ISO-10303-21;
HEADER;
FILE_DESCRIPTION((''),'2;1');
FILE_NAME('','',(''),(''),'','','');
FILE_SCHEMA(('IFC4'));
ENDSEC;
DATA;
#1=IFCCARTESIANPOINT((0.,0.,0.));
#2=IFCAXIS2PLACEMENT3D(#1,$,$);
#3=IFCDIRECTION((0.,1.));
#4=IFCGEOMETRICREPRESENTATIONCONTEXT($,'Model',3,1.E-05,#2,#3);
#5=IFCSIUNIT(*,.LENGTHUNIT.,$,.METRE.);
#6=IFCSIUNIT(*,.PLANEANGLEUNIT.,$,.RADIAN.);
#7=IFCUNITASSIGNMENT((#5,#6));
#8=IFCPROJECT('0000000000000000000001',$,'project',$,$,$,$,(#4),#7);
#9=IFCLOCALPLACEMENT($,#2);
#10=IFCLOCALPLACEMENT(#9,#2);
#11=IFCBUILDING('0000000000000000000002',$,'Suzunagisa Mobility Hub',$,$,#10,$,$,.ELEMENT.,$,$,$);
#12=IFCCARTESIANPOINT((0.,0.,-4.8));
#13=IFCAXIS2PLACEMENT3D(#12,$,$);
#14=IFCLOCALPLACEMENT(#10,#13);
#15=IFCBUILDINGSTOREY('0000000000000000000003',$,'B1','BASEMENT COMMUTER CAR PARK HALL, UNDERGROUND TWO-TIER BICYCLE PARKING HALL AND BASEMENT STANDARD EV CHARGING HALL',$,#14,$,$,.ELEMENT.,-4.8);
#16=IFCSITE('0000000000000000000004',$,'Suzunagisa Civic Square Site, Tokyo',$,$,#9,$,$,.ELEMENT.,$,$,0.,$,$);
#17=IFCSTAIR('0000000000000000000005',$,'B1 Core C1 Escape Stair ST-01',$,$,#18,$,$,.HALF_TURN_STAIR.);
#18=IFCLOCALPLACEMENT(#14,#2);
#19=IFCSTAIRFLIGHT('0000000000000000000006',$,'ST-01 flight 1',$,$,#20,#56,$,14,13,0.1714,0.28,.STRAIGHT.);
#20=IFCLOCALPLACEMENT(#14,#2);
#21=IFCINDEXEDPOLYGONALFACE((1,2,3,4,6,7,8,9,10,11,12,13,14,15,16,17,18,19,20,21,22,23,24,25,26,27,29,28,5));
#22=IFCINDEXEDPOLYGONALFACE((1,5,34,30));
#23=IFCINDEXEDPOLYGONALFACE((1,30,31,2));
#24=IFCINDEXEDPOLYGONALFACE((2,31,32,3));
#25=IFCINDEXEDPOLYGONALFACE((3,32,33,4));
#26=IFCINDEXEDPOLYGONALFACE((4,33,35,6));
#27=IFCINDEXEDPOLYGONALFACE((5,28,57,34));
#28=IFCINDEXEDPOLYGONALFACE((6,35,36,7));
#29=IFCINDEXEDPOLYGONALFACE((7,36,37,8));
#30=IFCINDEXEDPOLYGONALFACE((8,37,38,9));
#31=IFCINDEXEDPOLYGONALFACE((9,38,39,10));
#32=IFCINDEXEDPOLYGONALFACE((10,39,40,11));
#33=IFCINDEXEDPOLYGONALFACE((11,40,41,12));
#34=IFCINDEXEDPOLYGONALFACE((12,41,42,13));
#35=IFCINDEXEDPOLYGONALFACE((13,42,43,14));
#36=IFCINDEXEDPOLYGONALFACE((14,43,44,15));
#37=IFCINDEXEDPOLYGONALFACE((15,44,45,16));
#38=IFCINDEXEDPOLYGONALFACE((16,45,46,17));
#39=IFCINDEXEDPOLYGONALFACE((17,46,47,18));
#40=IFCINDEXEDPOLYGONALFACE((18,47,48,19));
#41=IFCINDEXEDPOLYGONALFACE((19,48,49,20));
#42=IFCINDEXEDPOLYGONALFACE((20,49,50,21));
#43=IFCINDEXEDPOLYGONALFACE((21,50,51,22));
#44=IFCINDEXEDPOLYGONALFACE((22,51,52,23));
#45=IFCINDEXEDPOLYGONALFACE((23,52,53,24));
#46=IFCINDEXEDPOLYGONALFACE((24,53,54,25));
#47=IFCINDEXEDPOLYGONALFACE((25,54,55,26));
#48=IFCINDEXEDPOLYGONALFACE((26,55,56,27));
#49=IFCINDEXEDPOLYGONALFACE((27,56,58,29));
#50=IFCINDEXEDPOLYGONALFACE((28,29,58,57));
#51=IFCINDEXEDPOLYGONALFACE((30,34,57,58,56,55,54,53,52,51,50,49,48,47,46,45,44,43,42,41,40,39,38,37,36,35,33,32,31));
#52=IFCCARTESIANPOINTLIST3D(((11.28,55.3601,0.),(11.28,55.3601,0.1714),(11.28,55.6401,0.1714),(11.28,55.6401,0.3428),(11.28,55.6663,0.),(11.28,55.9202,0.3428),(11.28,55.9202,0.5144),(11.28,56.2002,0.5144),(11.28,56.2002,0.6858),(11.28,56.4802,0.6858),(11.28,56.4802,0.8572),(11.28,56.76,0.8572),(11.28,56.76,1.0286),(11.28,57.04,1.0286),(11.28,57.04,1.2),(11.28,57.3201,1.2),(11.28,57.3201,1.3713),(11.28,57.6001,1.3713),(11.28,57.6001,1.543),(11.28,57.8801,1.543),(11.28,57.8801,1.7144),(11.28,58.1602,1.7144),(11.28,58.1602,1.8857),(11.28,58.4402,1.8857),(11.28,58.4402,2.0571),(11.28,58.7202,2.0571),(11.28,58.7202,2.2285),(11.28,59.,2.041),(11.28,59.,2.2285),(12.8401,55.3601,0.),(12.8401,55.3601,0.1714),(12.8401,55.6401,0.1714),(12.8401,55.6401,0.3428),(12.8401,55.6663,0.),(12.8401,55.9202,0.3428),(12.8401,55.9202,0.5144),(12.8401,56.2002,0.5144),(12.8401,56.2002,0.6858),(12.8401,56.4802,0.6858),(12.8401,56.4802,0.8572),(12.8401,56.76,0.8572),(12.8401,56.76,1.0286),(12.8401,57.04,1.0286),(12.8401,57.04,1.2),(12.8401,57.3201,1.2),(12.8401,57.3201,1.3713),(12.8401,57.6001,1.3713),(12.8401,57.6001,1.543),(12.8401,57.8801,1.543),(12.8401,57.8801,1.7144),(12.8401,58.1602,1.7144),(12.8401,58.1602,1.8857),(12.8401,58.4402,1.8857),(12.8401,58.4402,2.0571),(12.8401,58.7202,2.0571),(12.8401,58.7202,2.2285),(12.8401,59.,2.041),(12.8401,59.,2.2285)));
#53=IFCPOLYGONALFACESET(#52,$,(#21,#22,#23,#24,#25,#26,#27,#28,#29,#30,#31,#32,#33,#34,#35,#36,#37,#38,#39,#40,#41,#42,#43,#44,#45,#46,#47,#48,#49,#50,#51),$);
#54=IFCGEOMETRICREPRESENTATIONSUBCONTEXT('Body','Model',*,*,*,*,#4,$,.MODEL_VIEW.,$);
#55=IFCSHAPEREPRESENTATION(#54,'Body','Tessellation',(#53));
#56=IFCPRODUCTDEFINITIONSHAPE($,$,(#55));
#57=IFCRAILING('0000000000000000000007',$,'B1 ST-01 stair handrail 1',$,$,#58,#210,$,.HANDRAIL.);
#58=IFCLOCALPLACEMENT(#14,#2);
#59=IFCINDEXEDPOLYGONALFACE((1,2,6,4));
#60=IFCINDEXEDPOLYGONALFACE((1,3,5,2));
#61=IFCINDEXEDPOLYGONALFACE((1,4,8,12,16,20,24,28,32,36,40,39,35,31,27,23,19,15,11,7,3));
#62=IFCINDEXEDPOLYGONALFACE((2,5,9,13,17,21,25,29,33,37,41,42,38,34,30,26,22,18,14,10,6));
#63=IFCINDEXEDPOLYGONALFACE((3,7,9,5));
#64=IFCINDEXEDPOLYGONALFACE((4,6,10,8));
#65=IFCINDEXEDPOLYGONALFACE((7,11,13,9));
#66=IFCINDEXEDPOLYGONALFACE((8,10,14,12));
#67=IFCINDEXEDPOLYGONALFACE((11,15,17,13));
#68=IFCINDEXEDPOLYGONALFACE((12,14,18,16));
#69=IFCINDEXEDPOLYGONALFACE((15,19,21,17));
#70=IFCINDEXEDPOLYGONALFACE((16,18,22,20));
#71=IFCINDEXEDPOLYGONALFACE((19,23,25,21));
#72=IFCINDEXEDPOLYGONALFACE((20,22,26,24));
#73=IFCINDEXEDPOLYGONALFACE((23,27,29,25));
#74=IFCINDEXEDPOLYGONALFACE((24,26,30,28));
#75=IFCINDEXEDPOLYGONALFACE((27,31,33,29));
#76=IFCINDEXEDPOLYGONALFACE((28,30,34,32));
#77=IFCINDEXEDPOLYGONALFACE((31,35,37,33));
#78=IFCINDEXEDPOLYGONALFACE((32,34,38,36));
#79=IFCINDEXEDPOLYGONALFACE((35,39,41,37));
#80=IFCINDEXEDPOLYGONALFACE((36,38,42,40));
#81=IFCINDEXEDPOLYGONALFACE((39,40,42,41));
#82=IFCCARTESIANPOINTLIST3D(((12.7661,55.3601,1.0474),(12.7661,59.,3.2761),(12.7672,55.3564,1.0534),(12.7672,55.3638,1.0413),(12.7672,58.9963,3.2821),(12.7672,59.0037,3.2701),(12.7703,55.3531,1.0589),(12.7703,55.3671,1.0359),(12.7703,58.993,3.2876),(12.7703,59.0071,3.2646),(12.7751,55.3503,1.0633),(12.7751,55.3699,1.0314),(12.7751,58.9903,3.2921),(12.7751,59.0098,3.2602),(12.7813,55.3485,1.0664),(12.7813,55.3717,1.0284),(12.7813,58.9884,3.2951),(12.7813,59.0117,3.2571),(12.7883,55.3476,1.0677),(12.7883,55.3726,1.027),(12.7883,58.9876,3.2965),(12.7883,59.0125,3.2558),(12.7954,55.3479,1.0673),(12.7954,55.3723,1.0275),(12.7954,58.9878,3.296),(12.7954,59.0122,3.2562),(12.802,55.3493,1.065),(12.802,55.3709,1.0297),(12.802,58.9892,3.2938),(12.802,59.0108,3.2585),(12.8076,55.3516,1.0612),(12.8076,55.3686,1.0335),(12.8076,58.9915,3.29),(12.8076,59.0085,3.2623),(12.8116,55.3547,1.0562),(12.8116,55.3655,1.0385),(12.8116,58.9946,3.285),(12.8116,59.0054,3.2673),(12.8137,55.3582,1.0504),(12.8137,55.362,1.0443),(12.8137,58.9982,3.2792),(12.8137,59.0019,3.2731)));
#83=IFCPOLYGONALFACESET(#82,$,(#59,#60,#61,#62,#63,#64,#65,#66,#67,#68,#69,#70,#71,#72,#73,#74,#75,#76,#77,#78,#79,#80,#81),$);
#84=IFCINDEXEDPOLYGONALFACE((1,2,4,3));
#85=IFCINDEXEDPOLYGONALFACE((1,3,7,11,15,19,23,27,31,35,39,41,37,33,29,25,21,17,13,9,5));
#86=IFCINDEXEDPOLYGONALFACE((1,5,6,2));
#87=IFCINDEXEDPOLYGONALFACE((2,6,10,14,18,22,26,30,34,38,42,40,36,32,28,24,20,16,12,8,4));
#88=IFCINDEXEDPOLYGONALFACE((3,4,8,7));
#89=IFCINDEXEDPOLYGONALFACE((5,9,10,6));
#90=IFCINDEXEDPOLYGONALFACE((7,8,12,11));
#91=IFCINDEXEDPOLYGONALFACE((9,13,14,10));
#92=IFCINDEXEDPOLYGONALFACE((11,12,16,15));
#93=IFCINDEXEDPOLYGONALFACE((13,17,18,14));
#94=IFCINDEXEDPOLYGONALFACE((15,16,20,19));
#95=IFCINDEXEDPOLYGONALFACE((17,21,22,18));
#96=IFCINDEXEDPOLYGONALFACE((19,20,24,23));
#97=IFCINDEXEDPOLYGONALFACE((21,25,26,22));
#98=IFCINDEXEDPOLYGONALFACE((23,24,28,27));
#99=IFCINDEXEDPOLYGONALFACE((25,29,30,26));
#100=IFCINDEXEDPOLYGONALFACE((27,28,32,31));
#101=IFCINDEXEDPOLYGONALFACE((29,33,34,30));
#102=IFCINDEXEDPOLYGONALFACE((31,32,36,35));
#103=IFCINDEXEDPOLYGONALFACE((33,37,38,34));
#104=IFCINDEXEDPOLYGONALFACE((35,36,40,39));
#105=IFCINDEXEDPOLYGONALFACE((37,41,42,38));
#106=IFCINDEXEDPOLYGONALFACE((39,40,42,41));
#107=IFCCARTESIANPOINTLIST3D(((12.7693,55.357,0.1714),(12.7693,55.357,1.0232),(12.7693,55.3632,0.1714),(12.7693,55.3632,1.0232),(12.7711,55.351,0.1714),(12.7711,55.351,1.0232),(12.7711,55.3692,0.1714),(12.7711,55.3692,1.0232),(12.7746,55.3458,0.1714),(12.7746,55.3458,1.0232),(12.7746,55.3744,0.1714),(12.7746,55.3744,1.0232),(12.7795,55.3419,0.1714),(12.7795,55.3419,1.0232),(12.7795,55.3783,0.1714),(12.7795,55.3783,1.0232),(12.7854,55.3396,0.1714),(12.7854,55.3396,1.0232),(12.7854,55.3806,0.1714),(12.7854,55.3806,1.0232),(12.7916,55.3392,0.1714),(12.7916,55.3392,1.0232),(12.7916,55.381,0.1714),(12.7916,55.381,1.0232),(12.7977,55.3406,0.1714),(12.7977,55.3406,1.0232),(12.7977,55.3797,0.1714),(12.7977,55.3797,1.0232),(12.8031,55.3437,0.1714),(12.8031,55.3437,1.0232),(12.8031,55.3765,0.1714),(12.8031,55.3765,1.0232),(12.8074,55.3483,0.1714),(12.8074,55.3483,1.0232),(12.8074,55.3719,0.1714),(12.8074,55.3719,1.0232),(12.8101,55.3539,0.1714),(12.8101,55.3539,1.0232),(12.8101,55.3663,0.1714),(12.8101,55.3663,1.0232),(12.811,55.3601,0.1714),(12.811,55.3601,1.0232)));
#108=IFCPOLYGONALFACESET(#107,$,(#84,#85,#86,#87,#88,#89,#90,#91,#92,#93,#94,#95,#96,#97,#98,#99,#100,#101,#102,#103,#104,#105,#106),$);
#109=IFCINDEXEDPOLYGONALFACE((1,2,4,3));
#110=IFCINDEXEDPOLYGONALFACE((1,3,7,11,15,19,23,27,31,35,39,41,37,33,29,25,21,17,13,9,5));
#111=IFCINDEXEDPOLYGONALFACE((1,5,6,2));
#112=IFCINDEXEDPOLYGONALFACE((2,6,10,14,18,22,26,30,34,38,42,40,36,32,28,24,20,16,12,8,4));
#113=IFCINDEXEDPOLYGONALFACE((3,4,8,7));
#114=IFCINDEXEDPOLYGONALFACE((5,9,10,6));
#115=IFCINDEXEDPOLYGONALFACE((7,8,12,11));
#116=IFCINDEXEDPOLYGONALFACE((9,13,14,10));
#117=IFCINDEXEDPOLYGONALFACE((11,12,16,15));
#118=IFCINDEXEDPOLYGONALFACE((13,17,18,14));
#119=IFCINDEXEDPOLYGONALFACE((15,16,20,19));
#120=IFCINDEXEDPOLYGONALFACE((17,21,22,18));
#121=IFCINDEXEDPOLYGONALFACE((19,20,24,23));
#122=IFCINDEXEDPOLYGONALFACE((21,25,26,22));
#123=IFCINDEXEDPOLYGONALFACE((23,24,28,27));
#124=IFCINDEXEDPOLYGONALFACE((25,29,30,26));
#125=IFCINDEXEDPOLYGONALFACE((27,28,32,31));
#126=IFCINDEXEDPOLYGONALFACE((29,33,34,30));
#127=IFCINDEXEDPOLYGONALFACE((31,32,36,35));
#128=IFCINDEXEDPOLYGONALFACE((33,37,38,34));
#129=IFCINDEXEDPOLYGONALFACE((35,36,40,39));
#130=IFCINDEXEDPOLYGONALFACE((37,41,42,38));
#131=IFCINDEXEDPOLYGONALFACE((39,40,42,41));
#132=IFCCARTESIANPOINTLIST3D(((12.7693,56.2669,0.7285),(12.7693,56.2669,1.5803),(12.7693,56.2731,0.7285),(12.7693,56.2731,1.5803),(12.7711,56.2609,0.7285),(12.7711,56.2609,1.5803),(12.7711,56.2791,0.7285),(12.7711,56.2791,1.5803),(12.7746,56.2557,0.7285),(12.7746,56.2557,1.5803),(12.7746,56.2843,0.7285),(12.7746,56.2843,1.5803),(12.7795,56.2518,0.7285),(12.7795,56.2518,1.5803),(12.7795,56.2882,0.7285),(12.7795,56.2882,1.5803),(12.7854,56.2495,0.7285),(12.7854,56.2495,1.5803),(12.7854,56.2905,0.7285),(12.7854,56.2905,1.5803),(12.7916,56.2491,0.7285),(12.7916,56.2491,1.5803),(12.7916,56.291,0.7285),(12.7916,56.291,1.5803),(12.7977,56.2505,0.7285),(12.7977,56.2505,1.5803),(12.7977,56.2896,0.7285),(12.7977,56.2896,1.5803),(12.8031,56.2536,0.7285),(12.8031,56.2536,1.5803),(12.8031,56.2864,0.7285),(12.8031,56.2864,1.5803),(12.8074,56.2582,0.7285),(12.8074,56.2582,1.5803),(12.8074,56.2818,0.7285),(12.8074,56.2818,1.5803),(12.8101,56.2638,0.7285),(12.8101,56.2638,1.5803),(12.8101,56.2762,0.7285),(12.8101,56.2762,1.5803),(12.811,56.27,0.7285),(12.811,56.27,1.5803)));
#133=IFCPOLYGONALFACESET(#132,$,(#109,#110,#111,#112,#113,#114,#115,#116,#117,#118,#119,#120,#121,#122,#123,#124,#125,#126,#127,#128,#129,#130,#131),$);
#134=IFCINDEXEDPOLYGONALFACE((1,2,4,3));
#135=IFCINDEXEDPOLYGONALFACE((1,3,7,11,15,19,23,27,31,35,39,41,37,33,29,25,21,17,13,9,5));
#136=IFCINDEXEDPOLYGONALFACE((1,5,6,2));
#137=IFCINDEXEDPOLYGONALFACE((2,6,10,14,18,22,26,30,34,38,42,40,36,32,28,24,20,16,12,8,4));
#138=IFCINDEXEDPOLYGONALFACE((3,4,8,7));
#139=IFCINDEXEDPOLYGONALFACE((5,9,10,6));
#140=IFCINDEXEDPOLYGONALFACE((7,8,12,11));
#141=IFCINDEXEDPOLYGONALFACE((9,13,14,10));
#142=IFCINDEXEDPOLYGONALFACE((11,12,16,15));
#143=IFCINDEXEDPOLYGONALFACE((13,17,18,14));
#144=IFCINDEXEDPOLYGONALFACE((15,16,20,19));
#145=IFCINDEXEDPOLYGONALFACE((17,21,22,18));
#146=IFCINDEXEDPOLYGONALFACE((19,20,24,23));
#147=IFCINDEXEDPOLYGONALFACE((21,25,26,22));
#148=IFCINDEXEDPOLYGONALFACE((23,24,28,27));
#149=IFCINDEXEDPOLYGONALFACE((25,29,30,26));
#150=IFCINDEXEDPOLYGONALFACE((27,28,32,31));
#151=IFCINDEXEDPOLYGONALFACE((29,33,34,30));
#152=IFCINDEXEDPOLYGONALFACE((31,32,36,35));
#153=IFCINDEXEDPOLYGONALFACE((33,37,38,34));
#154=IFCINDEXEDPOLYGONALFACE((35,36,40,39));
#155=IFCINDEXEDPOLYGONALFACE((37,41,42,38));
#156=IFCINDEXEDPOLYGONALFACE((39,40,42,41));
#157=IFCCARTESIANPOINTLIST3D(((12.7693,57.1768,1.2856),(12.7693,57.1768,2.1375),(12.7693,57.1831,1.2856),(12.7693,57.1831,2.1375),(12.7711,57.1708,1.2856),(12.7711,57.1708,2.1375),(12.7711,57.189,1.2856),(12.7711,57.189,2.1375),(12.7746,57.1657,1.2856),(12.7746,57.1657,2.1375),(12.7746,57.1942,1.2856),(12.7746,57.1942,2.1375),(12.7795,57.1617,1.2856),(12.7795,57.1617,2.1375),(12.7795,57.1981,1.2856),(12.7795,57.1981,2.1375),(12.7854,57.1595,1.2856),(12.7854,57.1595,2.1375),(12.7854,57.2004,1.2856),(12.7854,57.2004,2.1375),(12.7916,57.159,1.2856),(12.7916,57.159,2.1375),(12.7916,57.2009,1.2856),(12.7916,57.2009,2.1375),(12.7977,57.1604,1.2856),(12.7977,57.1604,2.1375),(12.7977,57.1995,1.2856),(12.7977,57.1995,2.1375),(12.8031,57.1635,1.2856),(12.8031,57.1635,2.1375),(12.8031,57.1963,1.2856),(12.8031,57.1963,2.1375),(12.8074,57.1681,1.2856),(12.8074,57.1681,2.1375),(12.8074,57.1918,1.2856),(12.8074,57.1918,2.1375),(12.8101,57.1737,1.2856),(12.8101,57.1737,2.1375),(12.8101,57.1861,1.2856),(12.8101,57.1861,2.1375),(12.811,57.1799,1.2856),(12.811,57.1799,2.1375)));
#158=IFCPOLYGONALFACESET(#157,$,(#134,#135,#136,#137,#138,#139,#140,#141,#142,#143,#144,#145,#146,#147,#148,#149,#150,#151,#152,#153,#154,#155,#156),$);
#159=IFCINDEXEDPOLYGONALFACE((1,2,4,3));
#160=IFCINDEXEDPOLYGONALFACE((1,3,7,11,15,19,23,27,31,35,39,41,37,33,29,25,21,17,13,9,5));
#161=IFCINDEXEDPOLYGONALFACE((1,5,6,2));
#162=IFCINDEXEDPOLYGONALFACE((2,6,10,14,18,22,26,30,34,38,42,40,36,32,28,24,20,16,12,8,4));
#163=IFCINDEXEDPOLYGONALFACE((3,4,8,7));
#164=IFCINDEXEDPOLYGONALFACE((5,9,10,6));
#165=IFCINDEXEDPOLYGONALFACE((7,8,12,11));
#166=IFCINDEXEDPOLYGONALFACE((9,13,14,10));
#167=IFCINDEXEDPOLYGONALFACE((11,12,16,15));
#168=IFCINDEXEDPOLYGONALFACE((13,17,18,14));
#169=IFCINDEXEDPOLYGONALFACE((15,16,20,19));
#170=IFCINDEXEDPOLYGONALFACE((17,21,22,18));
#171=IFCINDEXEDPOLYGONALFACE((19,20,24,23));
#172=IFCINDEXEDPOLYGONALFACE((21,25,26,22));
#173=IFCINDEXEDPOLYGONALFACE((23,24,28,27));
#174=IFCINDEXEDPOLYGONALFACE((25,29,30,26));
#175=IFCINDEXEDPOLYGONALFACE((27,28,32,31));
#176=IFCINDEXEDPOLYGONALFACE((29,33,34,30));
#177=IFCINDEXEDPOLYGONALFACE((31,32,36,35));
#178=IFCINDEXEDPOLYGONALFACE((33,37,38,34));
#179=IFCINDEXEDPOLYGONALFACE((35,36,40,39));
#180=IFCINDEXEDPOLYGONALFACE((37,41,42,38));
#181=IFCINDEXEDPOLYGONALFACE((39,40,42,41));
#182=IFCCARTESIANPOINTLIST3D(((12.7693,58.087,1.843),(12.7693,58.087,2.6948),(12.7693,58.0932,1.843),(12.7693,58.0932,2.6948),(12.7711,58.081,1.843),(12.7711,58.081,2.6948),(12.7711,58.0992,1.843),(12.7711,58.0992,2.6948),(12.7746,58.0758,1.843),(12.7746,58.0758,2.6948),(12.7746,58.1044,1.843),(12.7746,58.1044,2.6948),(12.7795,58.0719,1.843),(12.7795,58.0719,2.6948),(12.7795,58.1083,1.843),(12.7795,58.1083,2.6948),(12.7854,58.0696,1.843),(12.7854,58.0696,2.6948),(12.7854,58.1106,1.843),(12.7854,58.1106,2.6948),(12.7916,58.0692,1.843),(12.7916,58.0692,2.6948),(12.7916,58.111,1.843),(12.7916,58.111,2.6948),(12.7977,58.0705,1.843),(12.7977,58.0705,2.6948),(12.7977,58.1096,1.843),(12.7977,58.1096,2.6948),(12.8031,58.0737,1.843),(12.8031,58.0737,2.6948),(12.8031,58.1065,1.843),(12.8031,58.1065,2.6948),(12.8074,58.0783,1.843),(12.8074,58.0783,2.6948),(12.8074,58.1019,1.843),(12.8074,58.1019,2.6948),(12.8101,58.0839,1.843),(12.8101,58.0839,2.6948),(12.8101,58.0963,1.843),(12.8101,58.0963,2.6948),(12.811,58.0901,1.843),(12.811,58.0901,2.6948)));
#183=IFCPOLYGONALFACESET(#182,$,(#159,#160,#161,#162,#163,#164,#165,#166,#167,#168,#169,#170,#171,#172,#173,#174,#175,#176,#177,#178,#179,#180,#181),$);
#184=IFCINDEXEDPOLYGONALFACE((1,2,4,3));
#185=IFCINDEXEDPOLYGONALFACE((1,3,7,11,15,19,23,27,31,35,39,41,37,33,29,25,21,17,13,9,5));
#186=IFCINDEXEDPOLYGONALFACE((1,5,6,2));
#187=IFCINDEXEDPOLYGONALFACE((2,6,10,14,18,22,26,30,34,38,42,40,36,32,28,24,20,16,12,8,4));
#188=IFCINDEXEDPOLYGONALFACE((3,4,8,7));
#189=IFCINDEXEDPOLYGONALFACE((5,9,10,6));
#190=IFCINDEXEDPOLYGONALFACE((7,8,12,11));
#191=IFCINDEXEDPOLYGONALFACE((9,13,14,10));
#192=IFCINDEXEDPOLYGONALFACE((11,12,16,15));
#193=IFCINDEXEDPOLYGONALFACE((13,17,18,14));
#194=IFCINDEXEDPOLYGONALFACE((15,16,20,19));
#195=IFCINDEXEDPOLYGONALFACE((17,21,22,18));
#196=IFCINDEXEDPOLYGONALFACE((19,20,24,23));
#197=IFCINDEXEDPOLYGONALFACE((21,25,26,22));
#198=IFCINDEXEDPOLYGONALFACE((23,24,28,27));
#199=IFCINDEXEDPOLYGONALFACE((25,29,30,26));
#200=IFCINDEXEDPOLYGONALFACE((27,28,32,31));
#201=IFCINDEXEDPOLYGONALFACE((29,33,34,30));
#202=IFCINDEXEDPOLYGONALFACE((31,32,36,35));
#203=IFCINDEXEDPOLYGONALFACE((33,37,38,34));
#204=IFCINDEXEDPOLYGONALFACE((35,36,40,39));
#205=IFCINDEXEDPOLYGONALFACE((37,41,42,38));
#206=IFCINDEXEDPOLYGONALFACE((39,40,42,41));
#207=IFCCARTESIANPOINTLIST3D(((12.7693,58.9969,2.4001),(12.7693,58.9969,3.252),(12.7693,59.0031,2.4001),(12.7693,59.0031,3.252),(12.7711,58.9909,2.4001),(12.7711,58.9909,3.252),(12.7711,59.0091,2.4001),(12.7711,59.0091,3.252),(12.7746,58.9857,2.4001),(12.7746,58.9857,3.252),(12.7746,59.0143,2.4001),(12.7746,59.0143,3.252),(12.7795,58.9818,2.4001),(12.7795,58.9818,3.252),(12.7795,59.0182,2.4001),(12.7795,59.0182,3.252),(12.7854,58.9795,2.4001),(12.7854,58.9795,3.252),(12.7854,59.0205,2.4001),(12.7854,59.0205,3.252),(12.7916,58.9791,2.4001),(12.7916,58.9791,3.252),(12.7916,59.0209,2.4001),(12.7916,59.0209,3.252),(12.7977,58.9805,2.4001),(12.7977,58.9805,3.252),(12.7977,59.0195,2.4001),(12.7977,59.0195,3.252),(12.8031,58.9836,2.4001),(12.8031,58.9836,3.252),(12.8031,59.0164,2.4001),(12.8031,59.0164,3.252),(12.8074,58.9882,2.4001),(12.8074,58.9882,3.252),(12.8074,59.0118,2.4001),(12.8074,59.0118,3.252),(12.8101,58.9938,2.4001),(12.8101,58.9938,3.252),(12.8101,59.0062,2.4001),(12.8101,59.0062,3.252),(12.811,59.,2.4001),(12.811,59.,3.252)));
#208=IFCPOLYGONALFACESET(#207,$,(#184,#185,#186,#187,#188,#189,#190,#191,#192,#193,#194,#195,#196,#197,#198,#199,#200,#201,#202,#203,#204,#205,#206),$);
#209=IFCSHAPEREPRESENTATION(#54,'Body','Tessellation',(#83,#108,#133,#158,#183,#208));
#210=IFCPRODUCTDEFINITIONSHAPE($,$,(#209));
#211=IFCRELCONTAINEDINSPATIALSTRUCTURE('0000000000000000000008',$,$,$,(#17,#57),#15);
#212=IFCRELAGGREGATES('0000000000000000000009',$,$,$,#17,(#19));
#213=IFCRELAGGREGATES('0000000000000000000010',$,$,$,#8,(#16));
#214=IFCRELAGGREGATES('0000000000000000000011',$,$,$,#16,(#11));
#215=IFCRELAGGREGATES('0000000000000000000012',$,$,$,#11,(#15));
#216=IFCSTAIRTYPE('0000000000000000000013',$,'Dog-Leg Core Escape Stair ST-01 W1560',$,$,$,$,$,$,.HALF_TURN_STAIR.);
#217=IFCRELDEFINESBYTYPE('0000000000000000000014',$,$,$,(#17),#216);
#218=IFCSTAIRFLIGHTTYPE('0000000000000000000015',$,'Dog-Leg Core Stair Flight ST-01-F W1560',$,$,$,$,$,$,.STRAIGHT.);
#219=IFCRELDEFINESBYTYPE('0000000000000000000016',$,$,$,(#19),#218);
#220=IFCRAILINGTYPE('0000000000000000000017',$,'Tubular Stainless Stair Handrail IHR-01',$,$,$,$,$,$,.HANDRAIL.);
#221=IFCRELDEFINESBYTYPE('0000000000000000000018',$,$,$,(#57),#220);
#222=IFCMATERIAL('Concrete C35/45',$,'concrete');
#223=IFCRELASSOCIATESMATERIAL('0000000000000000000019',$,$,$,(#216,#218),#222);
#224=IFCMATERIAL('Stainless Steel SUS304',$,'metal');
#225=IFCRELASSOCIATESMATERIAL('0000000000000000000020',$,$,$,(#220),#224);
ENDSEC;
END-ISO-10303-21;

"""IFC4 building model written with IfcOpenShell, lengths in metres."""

from ifc_helpers import new_model, si_unit, direction, frame, origin, origin_2d, place, context, subcontext, project, spatial, polyline, circle, outline, extrude, material, type_object, element, aggregate, save


model = new_model("IFC4")

# Units and contexts
model_context = context("Model", 3, precision=1e-05, world=origin(), true_north=direction((0.0, 1.0)))
body_context = subcontext(model_context, "Body", "Model", "MODEL_VIEW")
ifc_project = project(units=[si_unit("LENGTHUNIT", "METRE"), si_unit("PLANEANGLEUNIT", "RADIAN")], contexts=[model_context])

# Site, building, storey
site_placement = place(None, origin())
site = spatial("IfcSite", under=ifc_project, at=site_placement, Name="Suzunagisa Civic Square Site, Tokyo", CompositionType="ELEMENT", RefElevation=0.0)
building_placement = place(site_placement, origin())
building = spatial("IfcBuilding", under=site, at=building_placement, Name="Suzunagisa Mobility Hub", CompositionType="ELEMENT")
storey_placement = place(building_placement, frame((0.0, 0.0, -4.8)))
storey = spatial("IfcBuildingStorey", under=building, at=storey_placement, Name="B1", Description="BASEMENT COMMUTER CAR PARK HALL, UNDERGROUND TWO-TIER BICYCLE PARKING HALL AND BASEMENT STANDARD EV CHARGING HALL", CompositionType="ELEMENT", Elevation=-4.8)

# Shared definitions
ifc_material_1 = material(Name="Concrete C35/45", Category="concrete")

# Stair, stair flight
stair_type = type_object("IfcStairType", Name="Dog-Leg Core Escape Stair ST-01 W1560", PredefinedType="HALF_TURN_STAIR", material=ifc_material_1)
stair_placement = place(storey_placement, origin())
stair = element("IfcStair", 1, at=stair_placement, inside=storey, type_object=stair_type, Name="B1 Core C1 Escape Stair ST-01", PredefinedType="HALF_TURN_STAIR")
stair_flight_type = type_object("IfcStairFlightType", Name="Dog-Leg Core Stair Flight ST-01-F W1560", PredefinedType="STRAIGHT", material=ifc_material_1)
stair_flight_placement = place(storey_placement, frame((12.0601, 55.3601, 0.0), z_axis=(0.0, 0.0, 1.0), x_axis=(0.0, 1.0, 0.0)))
stair_flight = element("IfcStairFlight", 2, at=stair_flight_placement, type_object=stair_flight_type, Name="ST-01 flight 1", NumberOfRisers=14, NumberOfTreads=13, PredefinedType="STRAIGHT", RiserHeight=0.1714, TreadLength=0.28, context=body_context, shape_type="SweptSolid", body=[
    extrude(outline(polyline([(0.0, 0.0), (0.0, 0.1714), (0.28, 0.1714), (0.28, 0.3428), (0.5601, 0.3428), (0.5601, 0.5144), (0.8401, 0.5144), (0.8401, 0.6858), (1.1201, 0.6858), (1.1201, 0.8572), (1.3999, 0.8572), (1.3999, 1.0286), (1.6799, 1.0286), (1.6799, 1.2), (1.96, 1.2), (1.96, 1.3713), (2.24, 1.3713), (2.24, 1.543), (2.52, 1.543), (2.52, 1.7144), (2.8, 1.7144), (2.8, 1.8857), (3.0801, 1.8857), (3.0801, 2.0571), (3.3601, 2.0571), (3.3601, 2.2285), (3.6399, 2.2285), (3.6399, 2.3999), (3.6399, 2.041), (0.3062, 0.0), (0.0, 0.0)])), frame((0.0, 0.78, 0.0), z_axis=(0.0, -1.0, 0.0), x_axis=(1.0, 0.0, 0.0)), (0.0, 0.0, 1.0), 1.5601),
])
aggregate(stair, [stair_flight])

# Railing
ifc_material_2 = material(Name="Stainless Steel SUS304", Category="metal")
railing_type = type_object("IfcRailingType", Name="Tubular Stainless Stair Handrail IHR-01", PredefinedType="HANDRAIL", material=ifc_material_2)
railing_placement = place(storey_placement, frame((12.79, 55.3601, 0.1714)))
element("IfcRailing", 3, at=railing_placement, inside=storey, type_object=railing_type, Name="B1 ST-01 stair handrail 1", PredefinedType="HANDRAIL", context=body_context, shape_type="SweptSolid", body=[
    extrude(circle(Radius=0.0239, at=origin_2d()), frame((0.0, 0.0, 0.876), z_axis=(0.0, 0.852825, 0.522197), x_axis=(-1.0, 0.0, 0.0)), (0.0, 0.0, 1.0), 4.2681),
    extrude(circle(Radius=0.021, at=origin_2d()), origin(), (0.0, 0.0, 1.0), 0.8518),
    extrude(circle(Radius=0.021, at=origin_2d()), frame((0.0, 0.9099, 0.5571)), (0.0, 0.0, 1.0), 0.8518),
    extrude(circle(Radius=0.021, at=origin_2d()), frame((0.0, 1.8198, 1.1143)), (0.0, 0.0, 1.0), 0.8518),
    extrude(circle(Radius=0.021, at=origin_2d()), frame((0.0, 2.73, 1.6716)), (0.0, 0.0, 1.0), 0.8518),
    extrude(circle(Radius=0.021, at=origin_2d()), frame((0.0, 3.6399, 2.2288)), (0.0, 0.0, 1.0), 0.8518),
])

save(model, "model.ifc")
